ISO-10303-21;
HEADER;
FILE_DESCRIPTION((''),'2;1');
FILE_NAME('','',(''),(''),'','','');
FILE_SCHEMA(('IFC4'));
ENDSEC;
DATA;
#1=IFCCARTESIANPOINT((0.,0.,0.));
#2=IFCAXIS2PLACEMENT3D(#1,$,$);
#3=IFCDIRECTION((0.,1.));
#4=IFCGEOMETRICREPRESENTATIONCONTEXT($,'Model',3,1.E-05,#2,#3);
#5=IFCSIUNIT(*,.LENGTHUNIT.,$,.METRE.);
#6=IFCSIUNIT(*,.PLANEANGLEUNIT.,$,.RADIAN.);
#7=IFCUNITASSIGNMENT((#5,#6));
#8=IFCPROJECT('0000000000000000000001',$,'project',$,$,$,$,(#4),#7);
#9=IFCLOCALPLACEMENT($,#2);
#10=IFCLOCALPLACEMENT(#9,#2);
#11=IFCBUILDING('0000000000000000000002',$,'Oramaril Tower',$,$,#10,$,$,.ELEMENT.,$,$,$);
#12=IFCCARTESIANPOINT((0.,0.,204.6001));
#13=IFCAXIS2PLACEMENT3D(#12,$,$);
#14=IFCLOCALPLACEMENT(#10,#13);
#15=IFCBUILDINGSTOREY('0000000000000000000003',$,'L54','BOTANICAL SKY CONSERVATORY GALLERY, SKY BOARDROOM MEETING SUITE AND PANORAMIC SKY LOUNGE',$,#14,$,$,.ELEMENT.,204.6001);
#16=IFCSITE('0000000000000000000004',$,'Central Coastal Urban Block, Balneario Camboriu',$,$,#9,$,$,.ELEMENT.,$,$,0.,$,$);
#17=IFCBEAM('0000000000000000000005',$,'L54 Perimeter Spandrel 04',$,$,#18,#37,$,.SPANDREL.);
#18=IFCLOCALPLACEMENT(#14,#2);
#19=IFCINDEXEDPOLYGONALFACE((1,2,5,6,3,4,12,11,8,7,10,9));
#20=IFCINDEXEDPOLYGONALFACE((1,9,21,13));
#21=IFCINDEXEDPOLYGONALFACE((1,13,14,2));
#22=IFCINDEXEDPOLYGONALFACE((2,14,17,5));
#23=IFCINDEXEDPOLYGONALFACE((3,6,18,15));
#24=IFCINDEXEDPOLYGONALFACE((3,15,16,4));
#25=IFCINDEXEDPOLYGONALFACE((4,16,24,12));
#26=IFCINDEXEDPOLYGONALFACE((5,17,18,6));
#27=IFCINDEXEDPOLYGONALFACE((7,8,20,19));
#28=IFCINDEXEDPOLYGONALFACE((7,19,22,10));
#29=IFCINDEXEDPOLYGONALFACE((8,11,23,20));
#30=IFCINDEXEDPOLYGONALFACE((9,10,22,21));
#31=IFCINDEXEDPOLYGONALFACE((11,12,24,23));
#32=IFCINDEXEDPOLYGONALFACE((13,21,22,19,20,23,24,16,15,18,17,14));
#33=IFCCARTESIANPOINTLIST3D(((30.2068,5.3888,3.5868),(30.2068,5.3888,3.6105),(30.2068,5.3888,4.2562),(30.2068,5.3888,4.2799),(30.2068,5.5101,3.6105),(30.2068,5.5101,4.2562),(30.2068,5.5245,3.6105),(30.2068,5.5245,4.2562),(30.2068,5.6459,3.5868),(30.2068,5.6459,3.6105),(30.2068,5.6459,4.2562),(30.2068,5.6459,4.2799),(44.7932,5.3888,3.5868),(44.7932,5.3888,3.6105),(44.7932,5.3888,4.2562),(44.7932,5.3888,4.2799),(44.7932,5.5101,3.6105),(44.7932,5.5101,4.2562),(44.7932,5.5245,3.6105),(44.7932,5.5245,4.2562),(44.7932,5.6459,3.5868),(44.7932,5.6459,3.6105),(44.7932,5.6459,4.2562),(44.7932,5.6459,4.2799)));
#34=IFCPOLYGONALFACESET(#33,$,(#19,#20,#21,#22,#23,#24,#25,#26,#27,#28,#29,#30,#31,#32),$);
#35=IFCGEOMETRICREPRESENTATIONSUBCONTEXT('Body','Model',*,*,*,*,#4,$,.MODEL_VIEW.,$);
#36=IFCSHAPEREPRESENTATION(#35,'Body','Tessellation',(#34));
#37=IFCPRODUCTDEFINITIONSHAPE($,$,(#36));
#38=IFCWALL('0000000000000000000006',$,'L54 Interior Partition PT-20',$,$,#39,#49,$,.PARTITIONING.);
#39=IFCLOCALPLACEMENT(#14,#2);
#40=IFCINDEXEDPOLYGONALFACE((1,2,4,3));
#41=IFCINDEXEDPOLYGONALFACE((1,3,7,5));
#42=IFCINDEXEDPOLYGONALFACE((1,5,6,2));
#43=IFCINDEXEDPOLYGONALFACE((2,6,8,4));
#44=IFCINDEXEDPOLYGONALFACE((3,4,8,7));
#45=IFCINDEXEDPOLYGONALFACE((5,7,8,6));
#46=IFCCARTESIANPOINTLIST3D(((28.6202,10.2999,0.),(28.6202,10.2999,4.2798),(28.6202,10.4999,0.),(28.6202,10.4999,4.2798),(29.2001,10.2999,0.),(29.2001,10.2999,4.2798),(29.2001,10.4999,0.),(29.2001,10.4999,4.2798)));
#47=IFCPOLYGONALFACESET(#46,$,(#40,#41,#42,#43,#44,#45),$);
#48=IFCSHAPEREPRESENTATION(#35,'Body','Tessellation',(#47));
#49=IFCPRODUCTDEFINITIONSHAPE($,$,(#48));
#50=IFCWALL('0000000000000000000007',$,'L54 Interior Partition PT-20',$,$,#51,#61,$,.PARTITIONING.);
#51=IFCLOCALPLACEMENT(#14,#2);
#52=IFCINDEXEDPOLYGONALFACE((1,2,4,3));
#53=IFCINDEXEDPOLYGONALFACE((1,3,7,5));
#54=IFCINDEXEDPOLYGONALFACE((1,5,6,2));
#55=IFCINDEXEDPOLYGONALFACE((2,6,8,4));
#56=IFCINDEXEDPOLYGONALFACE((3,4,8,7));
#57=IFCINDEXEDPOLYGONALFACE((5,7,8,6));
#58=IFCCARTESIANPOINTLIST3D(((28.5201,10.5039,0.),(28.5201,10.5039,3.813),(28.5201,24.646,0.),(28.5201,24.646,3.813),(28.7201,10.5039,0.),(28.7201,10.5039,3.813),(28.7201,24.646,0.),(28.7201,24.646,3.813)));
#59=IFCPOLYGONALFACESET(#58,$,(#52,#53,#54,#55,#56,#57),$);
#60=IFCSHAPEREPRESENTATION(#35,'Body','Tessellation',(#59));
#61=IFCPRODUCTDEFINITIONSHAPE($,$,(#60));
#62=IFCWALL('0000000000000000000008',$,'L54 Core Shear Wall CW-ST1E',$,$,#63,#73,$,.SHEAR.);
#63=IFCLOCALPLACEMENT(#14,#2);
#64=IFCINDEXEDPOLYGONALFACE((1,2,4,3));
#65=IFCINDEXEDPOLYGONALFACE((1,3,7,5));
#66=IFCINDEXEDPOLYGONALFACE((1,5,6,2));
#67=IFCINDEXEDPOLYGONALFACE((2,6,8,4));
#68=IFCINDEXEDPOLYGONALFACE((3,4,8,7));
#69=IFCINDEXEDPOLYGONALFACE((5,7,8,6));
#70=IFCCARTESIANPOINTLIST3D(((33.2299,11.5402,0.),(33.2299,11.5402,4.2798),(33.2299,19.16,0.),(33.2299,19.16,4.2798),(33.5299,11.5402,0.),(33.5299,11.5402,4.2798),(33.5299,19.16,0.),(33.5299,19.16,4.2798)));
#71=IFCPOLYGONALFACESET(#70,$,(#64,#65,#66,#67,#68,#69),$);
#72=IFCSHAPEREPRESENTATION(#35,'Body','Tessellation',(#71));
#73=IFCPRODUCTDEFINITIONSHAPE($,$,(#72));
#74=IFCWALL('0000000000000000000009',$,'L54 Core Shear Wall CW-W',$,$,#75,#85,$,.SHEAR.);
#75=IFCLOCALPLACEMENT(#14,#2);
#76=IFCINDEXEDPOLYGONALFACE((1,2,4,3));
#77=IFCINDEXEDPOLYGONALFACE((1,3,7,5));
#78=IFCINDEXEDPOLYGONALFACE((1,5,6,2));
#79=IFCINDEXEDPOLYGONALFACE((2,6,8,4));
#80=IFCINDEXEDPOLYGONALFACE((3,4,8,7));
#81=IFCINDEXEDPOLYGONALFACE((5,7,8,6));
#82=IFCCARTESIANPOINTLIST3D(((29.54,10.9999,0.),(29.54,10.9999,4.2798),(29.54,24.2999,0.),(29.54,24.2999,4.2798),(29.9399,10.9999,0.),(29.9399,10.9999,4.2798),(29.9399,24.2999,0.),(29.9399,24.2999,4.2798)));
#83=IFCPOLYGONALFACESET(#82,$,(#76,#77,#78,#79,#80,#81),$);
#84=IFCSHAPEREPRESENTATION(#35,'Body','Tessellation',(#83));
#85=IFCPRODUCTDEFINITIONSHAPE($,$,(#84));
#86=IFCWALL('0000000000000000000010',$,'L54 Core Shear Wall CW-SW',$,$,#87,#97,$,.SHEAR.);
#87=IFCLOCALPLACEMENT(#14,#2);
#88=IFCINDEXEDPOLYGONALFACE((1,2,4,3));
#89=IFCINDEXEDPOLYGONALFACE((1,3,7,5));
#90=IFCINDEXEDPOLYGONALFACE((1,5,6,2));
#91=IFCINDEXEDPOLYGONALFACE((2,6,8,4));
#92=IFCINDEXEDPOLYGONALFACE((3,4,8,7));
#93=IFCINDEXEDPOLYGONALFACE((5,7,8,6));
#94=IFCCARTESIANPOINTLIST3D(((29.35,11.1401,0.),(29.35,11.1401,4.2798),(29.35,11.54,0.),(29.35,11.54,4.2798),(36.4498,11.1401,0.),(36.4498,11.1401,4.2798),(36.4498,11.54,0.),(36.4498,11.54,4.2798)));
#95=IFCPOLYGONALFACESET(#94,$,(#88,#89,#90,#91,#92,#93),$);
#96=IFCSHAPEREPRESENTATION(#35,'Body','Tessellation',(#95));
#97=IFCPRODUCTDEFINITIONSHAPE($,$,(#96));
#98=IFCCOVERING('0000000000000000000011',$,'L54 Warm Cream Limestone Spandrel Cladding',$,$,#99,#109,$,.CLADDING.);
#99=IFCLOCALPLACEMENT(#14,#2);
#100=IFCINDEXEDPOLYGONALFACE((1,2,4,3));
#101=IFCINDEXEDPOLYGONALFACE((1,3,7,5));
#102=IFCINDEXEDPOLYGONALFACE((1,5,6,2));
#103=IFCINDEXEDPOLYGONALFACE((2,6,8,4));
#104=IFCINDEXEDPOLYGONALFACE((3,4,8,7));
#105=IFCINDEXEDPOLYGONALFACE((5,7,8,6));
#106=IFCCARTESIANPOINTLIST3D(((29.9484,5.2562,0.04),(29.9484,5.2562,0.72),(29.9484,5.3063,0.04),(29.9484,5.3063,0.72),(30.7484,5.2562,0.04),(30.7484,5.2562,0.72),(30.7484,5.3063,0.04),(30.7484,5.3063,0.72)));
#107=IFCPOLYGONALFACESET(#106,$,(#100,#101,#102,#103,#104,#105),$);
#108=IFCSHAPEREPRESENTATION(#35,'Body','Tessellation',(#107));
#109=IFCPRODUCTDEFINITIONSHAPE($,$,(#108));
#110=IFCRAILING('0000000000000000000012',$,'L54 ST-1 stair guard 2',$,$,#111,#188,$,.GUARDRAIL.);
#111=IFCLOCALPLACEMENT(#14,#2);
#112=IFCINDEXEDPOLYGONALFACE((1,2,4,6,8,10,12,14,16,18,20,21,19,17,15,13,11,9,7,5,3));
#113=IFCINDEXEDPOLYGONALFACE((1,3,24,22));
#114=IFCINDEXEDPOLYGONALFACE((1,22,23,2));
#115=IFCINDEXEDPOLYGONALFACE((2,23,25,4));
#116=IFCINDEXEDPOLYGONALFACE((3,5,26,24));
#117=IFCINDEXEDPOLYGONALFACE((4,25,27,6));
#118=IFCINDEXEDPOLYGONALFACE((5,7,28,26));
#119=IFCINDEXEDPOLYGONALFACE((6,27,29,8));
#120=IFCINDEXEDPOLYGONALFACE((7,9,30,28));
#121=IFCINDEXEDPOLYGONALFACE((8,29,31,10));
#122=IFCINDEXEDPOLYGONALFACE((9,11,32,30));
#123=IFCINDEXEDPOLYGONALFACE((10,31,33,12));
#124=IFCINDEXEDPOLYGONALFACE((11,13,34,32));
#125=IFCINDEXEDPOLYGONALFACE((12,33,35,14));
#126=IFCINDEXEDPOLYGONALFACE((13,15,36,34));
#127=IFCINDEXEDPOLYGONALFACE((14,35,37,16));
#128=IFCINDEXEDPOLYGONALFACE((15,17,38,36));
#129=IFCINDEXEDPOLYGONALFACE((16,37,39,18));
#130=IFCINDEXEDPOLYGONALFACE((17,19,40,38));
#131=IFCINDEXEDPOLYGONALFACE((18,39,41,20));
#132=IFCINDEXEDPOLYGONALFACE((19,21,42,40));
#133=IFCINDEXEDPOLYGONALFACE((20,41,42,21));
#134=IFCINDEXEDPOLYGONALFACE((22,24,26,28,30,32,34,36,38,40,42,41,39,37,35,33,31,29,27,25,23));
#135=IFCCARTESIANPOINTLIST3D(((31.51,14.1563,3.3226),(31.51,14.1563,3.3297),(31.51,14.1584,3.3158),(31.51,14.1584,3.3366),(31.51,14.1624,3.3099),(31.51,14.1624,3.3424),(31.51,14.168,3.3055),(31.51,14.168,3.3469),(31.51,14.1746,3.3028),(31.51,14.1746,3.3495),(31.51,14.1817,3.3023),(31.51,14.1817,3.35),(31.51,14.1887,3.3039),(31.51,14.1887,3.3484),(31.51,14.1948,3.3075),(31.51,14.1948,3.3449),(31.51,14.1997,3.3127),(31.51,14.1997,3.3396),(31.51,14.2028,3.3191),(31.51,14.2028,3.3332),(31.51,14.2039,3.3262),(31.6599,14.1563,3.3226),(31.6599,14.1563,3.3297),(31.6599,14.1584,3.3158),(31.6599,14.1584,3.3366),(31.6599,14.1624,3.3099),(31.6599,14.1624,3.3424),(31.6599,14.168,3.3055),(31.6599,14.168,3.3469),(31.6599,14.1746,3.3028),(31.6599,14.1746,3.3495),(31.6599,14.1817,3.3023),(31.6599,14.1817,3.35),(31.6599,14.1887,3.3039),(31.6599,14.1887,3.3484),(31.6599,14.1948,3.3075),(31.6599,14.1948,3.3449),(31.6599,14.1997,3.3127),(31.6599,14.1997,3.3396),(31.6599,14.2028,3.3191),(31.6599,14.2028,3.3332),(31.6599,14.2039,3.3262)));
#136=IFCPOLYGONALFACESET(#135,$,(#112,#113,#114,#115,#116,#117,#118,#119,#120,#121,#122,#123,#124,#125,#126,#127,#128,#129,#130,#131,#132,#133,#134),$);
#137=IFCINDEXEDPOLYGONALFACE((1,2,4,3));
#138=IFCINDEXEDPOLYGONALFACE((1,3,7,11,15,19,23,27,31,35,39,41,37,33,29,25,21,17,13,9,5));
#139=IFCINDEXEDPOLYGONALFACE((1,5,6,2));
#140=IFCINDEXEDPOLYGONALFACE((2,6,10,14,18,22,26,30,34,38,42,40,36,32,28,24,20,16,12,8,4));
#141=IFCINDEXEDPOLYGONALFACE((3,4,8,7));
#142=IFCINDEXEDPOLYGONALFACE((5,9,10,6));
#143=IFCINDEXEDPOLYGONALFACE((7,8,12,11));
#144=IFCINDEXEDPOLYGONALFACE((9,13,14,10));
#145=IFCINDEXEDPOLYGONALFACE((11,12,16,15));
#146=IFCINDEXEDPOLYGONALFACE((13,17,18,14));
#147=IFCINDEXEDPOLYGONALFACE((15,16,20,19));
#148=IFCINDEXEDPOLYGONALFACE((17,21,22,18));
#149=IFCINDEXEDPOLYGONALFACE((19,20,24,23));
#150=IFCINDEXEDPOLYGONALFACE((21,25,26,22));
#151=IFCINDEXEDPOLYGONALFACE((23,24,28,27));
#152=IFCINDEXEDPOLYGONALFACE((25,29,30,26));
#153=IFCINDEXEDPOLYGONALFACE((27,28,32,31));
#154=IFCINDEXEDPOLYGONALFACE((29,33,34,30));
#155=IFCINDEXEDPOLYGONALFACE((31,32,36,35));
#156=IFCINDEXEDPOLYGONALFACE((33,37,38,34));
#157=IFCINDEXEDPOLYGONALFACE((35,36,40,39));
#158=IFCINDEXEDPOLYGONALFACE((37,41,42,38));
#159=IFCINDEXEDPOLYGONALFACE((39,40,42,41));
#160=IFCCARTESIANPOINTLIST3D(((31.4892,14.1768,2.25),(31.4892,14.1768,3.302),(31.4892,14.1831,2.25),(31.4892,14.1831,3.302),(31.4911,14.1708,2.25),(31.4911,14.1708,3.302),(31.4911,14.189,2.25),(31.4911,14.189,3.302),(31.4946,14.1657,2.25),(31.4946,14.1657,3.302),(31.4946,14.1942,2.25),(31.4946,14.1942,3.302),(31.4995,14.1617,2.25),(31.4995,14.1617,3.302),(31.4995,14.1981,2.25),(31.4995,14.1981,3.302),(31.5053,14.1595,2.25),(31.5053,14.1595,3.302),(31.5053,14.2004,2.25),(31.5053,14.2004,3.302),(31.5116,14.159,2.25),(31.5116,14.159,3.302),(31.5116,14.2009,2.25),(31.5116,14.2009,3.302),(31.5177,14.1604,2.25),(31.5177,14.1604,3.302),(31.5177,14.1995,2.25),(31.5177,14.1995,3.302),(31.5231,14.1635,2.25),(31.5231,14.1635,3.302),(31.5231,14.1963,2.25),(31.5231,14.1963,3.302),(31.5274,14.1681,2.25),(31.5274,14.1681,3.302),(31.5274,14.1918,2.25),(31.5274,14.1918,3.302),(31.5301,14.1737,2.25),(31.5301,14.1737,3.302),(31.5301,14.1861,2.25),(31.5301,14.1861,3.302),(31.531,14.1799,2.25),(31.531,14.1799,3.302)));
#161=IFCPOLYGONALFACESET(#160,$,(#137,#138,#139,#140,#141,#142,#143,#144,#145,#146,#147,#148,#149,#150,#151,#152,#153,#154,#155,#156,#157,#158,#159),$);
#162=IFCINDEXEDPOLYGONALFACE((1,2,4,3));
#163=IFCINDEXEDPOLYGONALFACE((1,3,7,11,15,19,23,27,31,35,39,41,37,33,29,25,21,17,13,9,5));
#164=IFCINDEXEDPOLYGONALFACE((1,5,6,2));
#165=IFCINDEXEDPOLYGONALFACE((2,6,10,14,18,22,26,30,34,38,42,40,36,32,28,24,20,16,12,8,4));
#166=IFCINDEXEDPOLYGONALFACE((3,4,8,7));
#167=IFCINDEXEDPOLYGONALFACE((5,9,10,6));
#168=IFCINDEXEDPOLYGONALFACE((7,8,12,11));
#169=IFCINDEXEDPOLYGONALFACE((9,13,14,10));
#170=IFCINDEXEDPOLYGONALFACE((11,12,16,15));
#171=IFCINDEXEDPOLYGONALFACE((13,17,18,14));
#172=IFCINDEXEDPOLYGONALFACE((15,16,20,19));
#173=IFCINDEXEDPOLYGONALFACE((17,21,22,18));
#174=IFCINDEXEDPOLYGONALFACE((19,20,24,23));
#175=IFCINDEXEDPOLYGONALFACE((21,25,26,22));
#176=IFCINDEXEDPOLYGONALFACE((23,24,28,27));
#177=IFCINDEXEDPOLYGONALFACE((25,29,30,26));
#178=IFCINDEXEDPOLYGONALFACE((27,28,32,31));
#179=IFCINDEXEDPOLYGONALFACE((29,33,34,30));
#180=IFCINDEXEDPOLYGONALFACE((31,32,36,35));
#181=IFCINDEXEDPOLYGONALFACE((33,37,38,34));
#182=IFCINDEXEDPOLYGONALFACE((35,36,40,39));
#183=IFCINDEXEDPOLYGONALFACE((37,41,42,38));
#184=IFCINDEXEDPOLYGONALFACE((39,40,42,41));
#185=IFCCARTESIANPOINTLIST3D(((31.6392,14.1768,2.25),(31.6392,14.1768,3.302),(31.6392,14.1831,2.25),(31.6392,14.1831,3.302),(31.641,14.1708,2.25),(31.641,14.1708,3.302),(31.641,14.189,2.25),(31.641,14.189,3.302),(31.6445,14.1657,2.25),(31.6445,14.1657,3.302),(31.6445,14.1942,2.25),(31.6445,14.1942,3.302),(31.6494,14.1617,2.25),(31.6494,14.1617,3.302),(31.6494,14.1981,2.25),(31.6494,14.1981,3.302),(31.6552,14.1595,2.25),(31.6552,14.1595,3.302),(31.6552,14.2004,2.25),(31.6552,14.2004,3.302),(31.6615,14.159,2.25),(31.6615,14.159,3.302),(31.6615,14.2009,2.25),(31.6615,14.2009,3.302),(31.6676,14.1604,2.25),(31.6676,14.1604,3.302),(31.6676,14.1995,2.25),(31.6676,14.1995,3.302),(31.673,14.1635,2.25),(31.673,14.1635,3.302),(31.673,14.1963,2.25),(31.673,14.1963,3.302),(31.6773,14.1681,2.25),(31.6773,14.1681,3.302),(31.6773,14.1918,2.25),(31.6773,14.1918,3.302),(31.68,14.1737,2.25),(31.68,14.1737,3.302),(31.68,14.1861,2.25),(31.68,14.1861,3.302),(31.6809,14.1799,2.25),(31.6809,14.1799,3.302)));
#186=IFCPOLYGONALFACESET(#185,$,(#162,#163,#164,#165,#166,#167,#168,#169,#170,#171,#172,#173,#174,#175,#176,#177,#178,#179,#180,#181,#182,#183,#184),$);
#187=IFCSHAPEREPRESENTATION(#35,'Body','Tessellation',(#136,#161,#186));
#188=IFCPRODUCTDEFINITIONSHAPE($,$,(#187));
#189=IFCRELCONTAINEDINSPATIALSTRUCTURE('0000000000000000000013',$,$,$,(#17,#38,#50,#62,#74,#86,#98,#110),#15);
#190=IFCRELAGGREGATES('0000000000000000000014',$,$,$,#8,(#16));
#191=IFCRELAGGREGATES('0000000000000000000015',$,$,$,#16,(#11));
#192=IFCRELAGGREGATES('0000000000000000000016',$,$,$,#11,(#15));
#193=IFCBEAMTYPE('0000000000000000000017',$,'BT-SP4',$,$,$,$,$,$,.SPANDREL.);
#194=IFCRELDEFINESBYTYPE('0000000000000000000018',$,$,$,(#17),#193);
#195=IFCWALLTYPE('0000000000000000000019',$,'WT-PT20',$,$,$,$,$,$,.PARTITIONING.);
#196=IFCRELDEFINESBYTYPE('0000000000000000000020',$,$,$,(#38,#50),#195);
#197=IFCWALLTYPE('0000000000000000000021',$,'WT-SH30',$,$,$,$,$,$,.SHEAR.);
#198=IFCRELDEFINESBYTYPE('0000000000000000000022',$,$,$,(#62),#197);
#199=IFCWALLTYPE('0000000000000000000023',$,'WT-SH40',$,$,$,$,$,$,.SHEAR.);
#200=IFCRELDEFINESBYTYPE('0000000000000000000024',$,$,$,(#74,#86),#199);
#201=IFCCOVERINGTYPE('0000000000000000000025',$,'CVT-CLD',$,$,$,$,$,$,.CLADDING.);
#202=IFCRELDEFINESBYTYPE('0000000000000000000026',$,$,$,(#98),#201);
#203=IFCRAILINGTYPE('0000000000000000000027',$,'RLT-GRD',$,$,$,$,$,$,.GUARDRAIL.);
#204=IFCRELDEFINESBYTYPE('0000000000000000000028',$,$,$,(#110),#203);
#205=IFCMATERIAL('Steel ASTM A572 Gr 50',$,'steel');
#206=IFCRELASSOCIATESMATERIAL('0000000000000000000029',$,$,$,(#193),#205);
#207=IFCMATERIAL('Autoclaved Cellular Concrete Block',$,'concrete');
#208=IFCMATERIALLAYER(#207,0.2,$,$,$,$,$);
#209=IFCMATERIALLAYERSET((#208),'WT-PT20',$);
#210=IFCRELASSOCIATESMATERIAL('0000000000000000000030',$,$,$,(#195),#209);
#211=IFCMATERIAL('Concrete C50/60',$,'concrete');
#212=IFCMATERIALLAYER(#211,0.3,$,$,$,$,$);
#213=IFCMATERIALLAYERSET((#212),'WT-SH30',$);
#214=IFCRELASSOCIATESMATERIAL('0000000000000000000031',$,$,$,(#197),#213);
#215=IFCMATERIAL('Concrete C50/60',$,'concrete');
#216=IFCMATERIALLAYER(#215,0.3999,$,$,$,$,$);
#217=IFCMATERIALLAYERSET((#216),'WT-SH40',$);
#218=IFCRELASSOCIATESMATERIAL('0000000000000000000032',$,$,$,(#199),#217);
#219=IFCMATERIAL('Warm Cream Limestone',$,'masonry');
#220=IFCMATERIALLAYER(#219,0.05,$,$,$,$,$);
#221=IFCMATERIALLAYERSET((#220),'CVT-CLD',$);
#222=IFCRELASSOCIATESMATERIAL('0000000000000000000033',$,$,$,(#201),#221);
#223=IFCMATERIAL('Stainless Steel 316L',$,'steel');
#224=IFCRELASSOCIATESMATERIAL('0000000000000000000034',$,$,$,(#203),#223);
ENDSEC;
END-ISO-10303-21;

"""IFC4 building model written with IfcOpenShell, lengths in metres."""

from ifc_helpers import new_model, si_unit, direction, frame, frame_2d, origin, origin_2d, place, context, subcontext, project, spatial, rectangle, circle, i_section, extrude, material, layer, layer_set, material_profile, profile_set, type_object, element, save


model = new_model("IFC4")

# Units and contexts
model_context = context("Model", 3, precision=1e-05, world=origin(), true_north=direction((0.0, 1.0)))
body_context = subcontext(model_context, "Body", "Model", "MODEL_VIEW")
ifc_project = project(units=[si_unit("LENGTHUNIT", "METRE"), si_unit("PLANEANGLEUNIT", "RADIAN")], contexts=[model_context])

# Site, building, storey
site_placement = place(None, origin())
site = spatial("IfcSite", under=ifc_project, at=site_placement, Name="Central Coastal Urban Block, Balneario Camboriu", CompositionType="ELEMENT", RefElevation=0.0)
building_placement = place(site_placement, origin())
building = spatial("IfcBuilding", under=site, at=building_placement, Name="Oramaril Tower", CompositionType="ELEMENT")
storey_placement = place(building_placement, frame((0.0, 0.0, 204.6001)))
storey = spatial("IfcBuildingStorey", under=building, at=storey_placement, Name="L54", Description="BOTANICAL SKY CONSERVATORY GALLERY, SKY BOARDROOM MEETING SUITE AND PANORAMIC SKY LOUNGE", CompositionType="ELEMENT", Elevation=204.6001)

# Beam
ifc_material_1 = material(Name="Steel ASTM A572 Gr 50", Category="steel")
ifc_material_profile_1 = material_profile(ifc_material_1, i_section(OverallWidth=0.2571, OverallDepth=0.6931, WebThickness=0.0144, FlangeThickness=0.0237, at=origin_2d()), Name="W27X114")
ifc_profile_set_1 = profile_set([ifc_material_profile_1], Name="Steel ASTM A572 Gr 50")
beam_type_1 = type_object("IfcBeamType", Name="BT-SP4", PredefinedType="SPANDREL", material=ifc_profile_set_1)
beam_1_placement = place(storey_placement, frame((30.2068, 5.5173, 3.9333), z_axis=(1.0, 0.0, 0.0), x_axis=(0.0, 1.0, 0.0)))
element("IfcBeam", 1, at=beam_1_placement, inside=storey, type_object=beam_type_1, Name="L54 Perimeter Spandrel 04", PredefinedType="SPANDREL", context=body_context, shape_type="SweptSolid", body=[
    extrude(i_section(OverallWidth=0.2571, OverallDepth=0.6931, WebThickness=0.0144, FlangeThickness=0.0237, at=origin_2d()), origin(), (0.0, 0.0, 1.0), 14.5864),
])

# Walls
ifc_material_2 = material(Name="Autoclaved Cellular Concrete Block", Category="concrete")
ifc_layer_1 = layer(ifc_material_2, 0.2)
ifc_layer_set_1 = layer_set([ifc_layer_1], Name="WT-PT20")
wall_type_1 = type_object("IfcWallType", Name="WT-PT20", PredefinedType="PARTITIONING", material=ifc_layer_set_1)
wall_1_placement = place(storey_placement, frame((28.6201, 10.3999, 0.0), z_axis=(0.0, 0.0, 1.0), x_axis=(1.0, 0.0, 0.0)))
element("IfcWall", 2, at=wall_1_placement, inside=storey, type_object=wall_type_1, Name="L54 Interior Partition PT-20", PredefinedType="PARTITIONING", context=body_context, shape_type="SweptSolid", body=[
    extrude(rectangle(XDim=0.5798, YDim=0.2, at=frame_2d((0.29, 0.0))), origin(), (0.0, 0.0, 1.0), 4.2798),
])
wall_2_placement = place(storey_placement, frame((28.6201, 10.5039, 0.0), z_axis=(0.0, 0.0, 1.0), x_axis=(0.0, 1.0, 0.0)))
element("IfcWall", 3, at=wall_2_placement, inside=storey, type_object=wall_type_1, Name="L54 Interior Partition PT-20", PredefinedType="PARTITIONING", context=body_context, shape_type="SweptSolid", body=[
    extrude(rectangle(XDim=14.1421, YDim=0.2, at=frame_2d((7.071, 0.0))), origin(), (0.0, 0.0, 1.0), 3.813),
])
ifc_material_3 = material(Name="Concrete C50/60", Category="concrete")
ifc_layer_2 = layer(ifc_material_3, 0.3)
ifc_layer_set_2 = layer_set([ifc_layer_2], Name="WT-SH30")
wall_type_2 = type_object("IfcWallType", Name="WT-SH30", PredefinedType="SHEAR", material=ifc_layer_set_2)
wall_3_placement = place(storey_placement, frame((33.3799, 11.54, 0.0), z_axis=(0.0, 0.0, 1.0), x_axis=(0.0, 1.0, 0.0)))
element("IfcWall", 4, at=wall_3_placement, inside=storey, type_object=wall_type_2, Name="L54 Core Shear Wall CW-ST1E", PredefinedType="SHEAR", context=body_context, shape_type="SweptSolid", body=[
    extrude(rectangle(XDim=7.6199, YDim=0.3, at=frame_2d((3.8101, 0.0))), origin(), (0.0, 0.0, 1.0), 4.2798),
])
ifc_material_4 = material(Name="Concrete C50/60", Category="concrete")
ifc_layer_3 = layer(ifc_material_4, 0.3999)
ifc_layer_set_3 = layer_set([ifc_layer_3], Name="WT-SH40")
wall_type_3 = type_object("IfcWallType", Name="WT-SH40", PredefinedType="SHEAR", material=ifc_layer_set_3)
wall_4_placement = place(storey_placement, frame((29.74, 11.0, 0.0), z_axis=(0.0, 0.0, 1.0), x_axis=(0.0, 1.0, 0.0)))
element("IfcWall", 5, at=wall_4_placement, inside=storey, type_object=wall_type_3, Name="L54 Core Shear Wall CW-W", PredefinedType="SHEAR", context=body_context, shape_type="SweptSolid", body=[
    extrude(rectangle(XDim=13.3, YDim=0.3999, at=frame_2d((6.6499, 0.0))), origin(), (0.0, 0.0, 1.0), 4.2798),
])
wall_5_placement = place(storey_placement, frame((29.3501, 11.3401, 0.0), z_axis=(0.0, 0.0, 1.0), x_axis=(1.0, 0.0, 0.0)))
element("IfcWall", 6, at=wall_5_placement, inside=storey, type_object=wall_type_3, Name="L54 Core Shear Wall CW-SW", PredefinedType="SHEAR", context=body_context, shape_type="SweptSolid", body=[
    extrude(rectangle(XDim=7.0999, YDim=0.3999, at=frame_2d((3.5498, 0.0))), origin(), (0.0, 0.0, 1.0), 4.2798),
])

# Covering
ifc_material_5 = material(Name="Warm Cream Limestone", Category="masonry")
ifc_layer_4 = layer(ifc_material_5, 0.05)
ifc_layer_set_4 = layer_set([ifc_layer_4], Name="CVT-CLD")
covering_type = type_object("IfcCoveringType", Name="CVT-CLD", PredefinedType="CLADDING", material=ifc_layer_set_4)
covering_placement = place(storey_placement, frame((30.3484, 5.2812, 0.04), z_axis=(0.0, 0.0, 1.0), x_axis=(1.0, 0.0, 0.0)))
element("IfcCovering", 7, at=covering_placement, inside=storey, type_object=covering_type, Name="L54 Warm Cream Limestone Spandrel Cladding", PredefinedType="CLADDING", context=body_context, shape_type="SweptSolid", body=[
    extrude(rectangle(XDim=0.8, YDim=0.05, at=origin_2d()), origin(), (0.0, 0.0, 1.0), 0.6799),
])

# Railing
ifc_material_6 = material(Name="Stainless Steel 316L", Category="steel")
railing_type = type_object("IfcRailingType", Name="RLT-GRD", PredefinedType="GUARDRAIL", material=ifc_material_6)
railing_1_placement = place(storey_placement, frame((31.51, 14.1799, 2.25)))
element("IfcRailing", 8, at=railing_1_placement, inside=storey, type_object=railing_type, Name="L54 ST-1 stair guard 2", PredefinedType="GUARDRAIL", context=body_context, shape_type="SweptSolid", body=[
    extrude(circle(Radius=0.0239, at=origin_2d()), frame((0.0, 0.0, 1.0762), z_axis=(1.0, 0.0, 0.0), x_axis=(0.0, 1.0, 0.0)), (0.0, 0.0, 1.0), 0.1499),
    extrude(circle(Radius=0.021, at=origin_2d()), origin(), (0.0, 0.0, 1.0), 1.052),
    extrude(circle(Radius=0.021, at=origin_2d()), frame((0.1499, 0.0, 0.0)), (0.0, 0.0, 1.0), 1.052),
])

save(model, "model.ifc")
